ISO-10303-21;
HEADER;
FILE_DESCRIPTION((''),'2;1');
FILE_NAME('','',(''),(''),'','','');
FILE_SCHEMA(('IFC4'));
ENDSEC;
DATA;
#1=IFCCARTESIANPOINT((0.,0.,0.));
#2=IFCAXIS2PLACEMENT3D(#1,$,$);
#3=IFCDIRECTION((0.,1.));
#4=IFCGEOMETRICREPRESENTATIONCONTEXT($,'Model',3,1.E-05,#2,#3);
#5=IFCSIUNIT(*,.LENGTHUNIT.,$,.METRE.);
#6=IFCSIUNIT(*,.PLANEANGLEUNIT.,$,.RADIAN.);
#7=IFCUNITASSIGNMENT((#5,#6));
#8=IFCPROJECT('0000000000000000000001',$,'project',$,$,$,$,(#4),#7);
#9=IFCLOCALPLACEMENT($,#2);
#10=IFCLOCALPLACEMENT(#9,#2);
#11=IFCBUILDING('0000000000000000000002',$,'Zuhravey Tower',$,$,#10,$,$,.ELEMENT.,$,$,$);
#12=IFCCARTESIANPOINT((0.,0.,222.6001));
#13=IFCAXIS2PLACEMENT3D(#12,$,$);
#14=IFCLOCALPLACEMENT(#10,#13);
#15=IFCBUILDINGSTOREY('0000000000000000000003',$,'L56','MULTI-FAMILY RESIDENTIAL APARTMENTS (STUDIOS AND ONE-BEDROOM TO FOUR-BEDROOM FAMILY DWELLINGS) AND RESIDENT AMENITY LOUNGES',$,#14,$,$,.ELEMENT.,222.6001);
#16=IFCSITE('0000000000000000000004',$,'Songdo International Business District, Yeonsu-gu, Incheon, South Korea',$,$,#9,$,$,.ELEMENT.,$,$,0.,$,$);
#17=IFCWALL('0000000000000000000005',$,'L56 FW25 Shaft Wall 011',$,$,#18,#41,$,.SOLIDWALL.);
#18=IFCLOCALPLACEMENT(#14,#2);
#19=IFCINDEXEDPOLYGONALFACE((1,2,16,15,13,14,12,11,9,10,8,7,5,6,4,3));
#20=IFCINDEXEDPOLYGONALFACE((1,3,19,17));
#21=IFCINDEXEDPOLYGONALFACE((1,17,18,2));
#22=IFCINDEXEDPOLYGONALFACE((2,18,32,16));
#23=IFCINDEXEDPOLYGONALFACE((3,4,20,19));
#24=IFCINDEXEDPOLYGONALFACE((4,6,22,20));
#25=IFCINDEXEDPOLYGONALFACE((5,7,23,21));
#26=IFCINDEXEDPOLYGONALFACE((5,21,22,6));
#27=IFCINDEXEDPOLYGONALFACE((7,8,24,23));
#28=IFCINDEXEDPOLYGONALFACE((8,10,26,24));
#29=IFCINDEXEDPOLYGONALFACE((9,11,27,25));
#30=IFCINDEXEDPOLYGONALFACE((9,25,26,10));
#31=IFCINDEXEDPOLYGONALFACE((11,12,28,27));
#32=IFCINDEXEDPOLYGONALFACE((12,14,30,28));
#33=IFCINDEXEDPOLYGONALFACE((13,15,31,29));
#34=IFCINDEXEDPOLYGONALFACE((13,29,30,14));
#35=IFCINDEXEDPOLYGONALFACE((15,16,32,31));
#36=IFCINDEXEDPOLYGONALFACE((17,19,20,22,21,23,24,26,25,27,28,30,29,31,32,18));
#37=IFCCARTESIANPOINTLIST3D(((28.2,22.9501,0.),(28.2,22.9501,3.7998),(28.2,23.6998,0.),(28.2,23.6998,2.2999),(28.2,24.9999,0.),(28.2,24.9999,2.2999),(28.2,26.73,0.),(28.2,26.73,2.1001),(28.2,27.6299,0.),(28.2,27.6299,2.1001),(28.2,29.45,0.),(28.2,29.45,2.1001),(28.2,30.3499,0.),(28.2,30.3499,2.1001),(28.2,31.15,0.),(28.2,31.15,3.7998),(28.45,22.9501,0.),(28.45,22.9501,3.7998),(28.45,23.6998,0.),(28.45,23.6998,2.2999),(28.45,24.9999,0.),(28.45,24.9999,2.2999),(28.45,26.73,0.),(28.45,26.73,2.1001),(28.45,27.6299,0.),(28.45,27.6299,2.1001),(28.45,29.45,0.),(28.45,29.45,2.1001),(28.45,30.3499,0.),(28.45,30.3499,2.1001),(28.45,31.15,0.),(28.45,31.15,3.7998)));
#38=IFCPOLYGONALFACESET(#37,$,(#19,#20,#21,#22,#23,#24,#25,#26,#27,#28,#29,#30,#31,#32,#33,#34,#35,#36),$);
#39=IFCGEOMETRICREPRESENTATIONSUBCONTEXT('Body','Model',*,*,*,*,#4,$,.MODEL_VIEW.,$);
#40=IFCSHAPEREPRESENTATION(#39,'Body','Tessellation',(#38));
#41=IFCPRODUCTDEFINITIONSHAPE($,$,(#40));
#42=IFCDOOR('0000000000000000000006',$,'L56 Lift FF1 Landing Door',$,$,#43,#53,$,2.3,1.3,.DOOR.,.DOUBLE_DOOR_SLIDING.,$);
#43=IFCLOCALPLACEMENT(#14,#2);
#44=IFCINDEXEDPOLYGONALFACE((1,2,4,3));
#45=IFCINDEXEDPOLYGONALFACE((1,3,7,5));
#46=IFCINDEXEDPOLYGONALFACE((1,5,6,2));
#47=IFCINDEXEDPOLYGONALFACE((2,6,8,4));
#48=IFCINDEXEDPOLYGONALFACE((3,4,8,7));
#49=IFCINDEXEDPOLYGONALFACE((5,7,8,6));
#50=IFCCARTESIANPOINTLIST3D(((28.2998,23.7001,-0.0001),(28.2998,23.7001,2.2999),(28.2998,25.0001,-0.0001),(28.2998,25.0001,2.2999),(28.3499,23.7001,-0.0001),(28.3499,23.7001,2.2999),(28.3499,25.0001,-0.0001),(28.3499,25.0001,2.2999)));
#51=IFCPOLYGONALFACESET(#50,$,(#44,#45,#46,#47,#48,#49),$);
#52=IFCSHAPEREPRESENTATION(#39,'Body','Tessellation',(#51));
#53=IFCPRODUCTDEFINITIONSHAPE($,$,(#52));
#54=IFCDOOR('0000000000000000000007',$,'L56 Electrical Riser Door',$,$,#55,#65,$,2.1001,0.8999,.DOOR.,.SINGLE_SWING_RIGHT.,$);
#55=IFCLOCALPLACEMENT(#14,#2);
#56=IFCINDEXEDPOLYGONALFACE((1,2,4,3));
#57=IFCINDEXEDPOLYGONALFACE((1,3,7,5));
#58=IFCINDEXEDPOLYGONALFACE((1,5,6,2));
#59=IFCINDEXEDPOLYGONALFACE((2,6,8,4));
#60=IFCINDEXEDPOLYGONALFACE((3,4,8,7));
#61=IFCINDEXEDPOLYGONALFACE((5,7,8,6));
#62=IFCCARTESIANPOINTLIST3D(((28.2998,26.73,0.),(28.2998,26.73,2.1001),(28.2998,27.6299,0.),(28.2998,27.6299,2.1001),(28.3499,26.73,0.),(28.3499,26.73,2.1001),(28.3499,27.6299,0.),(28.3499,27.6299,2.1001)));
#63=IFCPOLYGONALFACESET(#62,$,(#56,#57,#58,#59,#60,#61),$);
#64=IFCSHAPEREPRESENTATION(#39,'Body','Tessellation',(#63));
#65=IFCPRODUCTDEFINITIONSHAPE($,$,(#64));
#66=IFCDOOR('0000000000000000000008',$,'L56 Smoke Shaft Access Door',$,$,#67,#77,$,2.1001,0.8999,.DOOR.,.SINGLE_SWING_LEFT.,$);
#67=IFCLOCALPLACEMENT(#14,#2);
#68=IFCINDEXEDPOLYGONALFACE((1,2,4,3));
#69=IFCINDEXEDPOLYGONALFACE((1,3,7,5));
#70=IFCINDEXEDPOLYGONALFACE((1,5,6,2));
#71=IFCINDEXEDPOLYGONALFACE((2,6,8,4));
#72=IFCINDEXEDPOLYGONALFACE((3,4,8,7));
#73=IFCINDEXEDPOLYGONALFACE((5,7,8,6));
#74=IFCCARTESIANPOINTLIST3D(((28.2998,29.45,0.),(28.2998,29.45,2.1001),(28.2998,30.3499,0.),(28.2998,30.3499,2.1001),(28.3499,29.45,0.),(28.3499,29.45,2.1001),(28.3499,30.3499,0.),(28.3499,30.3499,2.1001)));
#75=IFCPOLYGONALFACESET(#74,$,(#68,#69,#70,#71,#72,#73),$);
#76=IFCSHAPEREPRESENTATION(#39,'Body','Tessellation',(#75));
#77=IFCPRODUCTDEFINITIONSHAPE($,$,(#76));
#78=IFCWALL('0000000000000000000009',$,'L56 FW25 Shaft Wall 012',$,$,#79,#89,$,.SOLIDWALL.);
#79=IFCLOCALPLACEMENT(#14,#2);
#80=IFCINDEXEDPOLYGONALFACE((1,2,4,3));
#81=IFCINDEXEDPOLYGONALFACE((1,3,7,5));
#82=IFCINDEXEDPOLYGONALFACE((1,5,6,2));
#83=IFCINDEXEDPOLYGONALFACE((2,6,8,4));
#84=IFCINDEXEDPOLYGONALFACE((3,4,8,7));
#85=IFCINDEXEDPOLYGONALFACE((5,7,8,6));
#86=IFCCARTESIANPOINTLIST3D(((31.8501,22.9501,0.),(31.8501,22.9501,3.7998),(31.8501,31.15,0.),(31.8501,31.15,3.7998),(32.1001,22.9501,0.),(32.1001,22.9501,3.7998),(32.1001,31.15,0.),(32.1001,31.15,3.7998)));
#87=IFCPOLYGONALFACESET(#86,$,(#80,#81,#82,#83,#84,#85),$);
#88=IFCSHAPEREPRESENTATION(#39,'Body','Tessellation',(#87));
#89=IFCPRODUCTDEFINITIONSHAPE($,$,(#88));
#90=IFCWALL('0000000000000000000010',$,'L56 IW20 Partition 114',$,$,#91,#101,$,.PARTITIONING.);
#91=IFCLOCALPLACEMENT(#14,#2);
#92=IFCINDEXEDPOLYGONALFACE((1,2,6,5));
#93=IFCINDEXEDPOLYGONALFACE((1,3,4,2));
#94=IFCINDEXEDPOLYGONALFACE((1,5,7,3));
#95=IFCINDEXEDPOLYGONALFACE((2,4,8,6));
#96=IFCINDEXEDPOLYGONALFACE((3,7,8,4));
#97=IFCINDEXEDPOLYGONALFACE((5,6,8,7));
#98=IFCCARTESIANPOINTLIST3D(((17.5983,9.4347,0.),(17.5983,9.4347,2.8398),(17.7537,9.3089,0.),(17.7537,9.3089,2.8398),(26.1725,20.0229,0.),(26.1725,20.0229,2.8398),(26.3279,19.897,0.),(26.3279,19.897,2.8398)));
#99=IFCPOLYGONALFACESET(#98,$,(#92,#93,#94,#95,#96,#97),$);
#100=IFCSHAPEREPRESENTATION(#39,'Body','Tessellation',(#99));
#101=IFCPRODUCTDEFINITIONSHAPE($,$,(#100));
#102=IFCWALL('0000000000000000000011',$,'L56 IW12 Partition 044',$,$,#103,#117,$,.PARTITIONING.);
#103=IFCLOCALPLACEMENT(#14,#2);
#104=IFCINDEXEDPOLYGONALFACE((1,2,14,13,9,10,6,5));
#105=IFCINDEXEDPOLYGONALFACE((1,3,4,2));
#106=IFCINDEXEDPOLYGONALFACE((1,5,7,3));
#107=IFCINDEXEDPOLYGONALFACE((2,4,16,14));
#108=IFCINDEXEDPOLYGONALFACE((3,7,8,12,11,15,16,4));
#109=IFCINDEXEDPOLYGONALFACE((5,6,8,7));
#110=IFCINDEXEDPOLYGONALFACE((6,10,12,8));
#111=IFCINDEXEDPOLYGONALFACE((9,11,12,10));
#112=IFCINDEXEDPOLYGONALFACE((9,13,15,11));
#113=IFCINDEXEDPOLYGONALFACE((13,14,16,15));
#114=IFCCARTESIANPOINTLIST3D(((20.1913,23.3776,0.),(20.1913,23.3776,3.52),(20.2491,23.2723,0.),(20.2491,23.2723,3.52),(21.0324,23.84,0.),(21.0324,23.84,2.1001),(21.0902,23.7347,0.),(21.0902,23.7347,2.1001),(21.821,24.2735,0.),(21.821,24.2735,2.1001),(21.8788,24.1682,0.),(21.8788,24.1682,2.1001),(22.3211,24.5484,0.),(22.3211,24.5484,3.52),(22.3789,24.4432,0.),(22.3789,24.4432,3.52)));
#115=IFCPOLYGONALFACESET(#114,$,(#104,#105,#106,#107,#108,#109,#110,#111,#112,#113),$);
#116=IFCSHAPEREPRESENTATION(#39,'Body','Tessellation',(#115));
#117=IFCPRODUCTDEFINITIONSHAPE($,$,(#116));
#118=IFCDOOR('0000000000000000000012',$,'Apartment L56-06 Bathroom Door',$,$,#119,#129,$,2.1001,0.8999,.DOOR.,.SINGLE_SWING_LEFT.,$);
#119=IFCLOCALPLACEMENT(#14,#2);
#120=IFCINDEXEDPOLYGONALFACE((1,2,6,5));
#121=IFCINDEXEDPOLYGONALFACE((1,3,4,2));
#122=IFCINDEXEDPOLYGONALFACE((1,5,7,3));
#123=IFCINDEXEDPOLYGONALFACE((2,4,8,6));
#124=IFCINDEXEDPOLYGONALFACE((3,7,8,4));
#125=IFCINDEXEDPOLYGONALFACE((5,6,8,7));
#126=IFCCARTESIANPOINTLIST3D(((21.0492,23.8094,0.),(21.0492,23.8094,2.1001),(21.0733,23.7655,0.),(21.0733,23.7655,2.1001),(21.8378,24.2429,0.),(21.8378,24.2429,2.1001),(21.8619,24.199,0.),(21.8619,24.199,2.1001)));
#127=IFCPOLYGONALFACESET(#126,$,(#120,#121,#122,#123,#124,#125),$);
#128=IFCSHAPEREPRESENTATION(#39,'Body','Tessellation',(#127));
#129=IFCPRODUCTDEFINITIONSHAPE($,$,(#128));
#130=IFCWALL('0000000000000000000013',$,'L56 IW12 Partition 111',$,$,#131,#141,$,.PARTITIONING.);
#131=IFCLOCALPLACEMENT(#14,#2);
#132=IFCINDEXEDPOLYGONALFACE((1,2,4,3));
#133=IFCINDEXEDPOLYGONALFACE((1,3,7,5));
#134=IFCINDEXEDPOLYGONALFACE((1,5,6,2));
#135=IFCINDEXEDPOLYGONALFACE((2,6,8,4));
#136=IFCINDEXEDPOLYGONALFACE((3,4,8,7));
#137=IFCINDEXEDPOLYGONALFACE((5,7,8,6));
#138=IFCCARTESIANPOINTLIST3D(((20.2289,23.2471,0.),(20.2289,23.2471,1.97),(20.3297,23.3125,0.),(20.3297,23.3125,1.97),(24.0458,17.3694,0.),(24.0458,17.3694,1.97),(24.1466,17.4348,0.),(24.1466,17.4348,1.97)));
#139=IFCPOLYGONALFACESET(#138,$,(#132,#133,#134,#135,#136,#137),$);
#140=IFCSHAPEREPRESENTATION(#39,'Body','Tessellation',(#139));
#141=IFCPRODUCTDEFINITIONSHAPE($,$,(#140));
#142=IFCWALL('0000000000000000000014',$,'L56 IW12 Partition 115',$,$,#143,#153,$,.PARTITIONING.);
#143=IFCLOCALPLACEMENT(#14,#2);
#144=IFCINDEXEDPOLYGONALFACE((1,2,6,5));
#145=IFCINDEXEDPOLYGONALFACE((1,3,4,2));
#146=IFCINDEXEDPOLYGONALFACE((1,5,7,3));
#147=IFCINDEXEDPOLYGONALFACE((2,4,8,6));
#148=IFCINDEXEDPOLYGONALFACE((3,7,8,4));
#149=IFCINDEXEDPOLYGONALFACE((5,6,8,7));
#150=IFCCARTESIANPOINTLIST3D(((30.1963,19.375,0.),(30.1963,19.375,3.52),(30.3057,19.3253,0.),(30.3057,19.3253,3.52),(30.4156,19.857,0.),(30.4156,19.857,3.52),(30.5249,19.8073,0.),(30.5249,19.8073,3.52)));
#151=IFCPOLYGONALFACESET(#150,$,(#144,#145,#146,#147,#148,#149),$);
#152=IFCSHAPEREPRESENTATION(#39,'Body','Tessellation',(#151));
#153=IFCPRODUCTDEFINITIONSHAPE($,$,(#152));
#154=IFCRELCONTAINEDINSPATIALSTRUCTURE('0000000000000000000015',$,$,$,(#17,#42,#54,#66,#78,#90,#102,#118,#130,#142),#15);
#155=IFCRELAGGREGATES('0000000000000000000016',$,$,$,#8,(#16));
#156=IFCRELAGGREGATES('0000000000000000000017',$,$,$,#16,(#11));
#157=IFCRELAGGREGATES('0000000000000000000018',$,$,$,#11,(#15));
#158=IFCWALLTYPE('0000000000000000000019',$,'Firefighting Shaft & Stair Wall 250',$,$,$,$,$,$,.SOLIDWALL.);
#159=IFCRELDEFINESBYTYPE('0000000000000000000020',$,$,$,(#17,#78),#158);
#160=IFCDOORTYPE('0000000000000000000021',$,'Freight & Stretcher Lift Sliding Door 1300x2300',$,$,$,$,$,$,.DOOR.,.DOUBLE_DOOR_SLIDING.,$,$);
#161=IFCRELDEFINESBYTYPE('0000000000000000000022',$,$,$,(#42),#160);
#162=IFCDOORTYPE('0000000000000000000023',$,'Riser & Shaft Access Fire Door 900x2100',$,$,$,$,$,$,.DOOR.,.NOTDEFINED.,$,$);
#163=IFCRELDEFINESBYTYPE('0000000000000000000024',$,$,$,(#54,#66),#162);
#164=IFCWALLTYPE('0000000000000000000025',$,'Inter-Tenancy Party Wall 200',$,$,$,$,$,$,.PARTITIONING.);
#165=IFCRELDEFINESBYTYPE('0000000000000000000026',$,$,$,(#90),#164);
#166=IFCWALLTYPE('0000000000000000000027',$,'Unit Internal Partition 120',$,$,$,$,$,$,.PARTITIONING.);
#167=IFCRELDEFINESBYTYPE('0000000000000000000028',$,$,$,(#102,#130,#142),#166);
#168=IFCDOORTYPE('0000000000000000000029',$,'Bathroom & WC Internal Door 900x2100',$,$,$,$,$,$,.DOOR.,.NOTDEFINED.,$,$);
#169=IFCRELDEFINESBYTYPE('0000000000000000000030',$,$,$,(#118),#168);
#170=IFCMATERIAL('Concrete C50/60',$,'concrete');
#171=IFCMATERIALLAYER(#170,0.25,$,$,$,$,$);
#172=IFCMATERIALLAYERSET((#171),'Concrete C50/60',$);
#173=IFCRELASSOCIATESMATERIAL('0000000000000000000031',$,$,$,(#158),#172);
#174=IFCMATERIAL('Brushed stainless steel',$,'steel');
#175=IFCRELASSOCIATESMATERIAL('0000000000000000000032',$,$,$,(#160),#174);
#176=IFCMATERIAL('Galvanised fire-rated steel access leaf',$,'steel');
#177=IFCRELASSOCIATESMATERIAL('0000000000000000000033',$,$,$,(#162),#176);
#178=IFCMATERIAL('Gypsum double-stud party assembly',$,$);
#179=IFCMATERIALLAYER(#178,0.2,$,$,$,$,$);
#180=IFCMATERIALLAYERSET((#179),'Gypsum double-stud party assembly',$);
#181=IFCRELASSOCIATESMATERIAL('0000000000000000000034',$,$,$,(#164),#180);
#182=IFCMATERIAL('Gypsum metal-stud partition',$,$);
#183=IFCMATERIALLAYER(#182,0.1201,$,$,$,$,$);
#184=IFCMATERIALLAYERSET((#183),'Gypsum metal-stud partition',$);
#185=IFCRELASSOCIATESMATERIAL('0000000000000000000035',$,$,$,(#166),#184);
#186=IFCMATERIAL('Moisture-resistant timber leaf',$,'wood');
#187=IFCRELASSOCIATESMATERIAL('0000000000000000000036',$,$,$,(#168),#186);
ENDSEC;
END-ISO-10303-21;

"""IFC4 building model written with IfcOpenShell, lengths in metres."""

from ifc_helpers import new_model, si_unit, direction, frame, frame_2d, origin, place, context, subcontext, project, spatial, rectangle, extrude, material, layer, layer_set, type_object, element, fill, save


model = new_model("IFC4")

# Units and contexts
model_context = context("Model", 3, precision=1e-05, world=origin(), true_north=direction((0.0, 1.0)))
body_context = subcontext(model_context, "Body", "Model", "MODEL_VIEW")
ifc_project = project(units=[si_unit("LENGTHUNIT", "METRE"), si_unit("PLANEANGLEUNIT", "RADIAN")], contexts=[model_context])

# Site, building, storey
site_placement = place(None, origin())
site = spatial("IfcSite", under=ifc_project, at=site_placement, Name="Songdo International Business District, Yeonsu-gu, Incheon, South Korea", CompositionType="ELEMENT", RefElevation=0.0)
building_placement = place(site_placement, origin())
building = spatial("IfcBuilding", under=site, at=building_placement, Name="Zuhravey Tower", CompositionType="ELEMENT")
storey_placement = place(building_placement, frame((0.0, 0.0, 222.6001)))
storey = spatial("IfcBuildingStorey", under=building, at=storey_placement, Name="L56", Description="MULTI-FAMILY RESIDENTIAL APARTMENTS (STUDIOS AND ONE-BEDROOM TO FOUR-BEDROOM FAMILY DWELLINGS) AND RESIDENT AMENITY LOUNGES", CompositionType="ELEMENT", Elevation=222.6001)

# Wall, openings, doors
ifc_material_1 = material(Name="Concrete C50/60", Category="concrete")
ifc_layer_1 = layer(ifc_material_1, 0.25)
ifc_layer_set_1 = layer_set([ifc_layer_1], Name="Concrete C50/60")
wall_type_1 = type_object("IfcWallType", Name="Firefighting Shaft & Stair Wall 250", PredefinedType="SOLIDWALL", material=ifc_layer_set_1)
wall_1_placement = place(storey_placement, frame((28.325, 22.95, 0.0), z_axis=(0.0, 0.0, 1.0), x_axis=(0.0, 1.0, 0.0)))
wall_1 = element("IfcWall", 1, at=wall_1_placement, inside=storey, type_object=wall_type_1, Name="L56 FW25 Shaft Wall 011", PredefinedType="SOLIDWALL", context=body_context, shape_type="SweptSolid", body=[
    extrude(rectangle(XDim=8.2, YDim=0.25, at=frame_2d((4.1001, 0.0))), origin(), (0.0, 0.0, 1.0), 3.7998),
])
opening_1_placement = place(wall_1_placement, frame((0.75, 0.0, 0.0)))
opening_1 = element("IfcOpeningElement", 2, at=opening_1_placement, cuts=wall_1, PredefinedType="OPENING", context=body_context, shape_type="SweptSolid", body=[
    extrude(rectangle(XDim=1.3, YDim=2.3, at=frame_2d((0.6499, 1.1499))), frame((0.0, 0.137, 0.0), z_axis=(0.0, -1.0, 0.0), x_axis=(1.0, 0.0, 0.0)), (0.0, 0.0, 1.0), 0.2739),
])
opening_2_placement = place(wall_1_placement, frame((3.78, 0.0, 0.0)))
opening_2 = element("IfcOpeningElement", 3, at=opening_2_placement, cuts=wall_1, PredefinedType="OPENING", context=body_context, shape_type="SweptSolid", body=[
    extrude(rectangle(XDim=0.8999, YDim=2.1001, at=frame_2d((0.45, 1.05))), frame((0.0, 0.137, 0.0), z_axis=(0.0, -1.0, 0.0), x_axis=(1.0, 0.0, 0.0)), (0.0, 0.0, 1.0), 0.2739),
])
opening_3_placement = place(wall_1_placement, frame((6.5, 0.0, 0.0)))
opening_3 = element("IfcOpeningElement", 4, at=opening_3_placement, cuts=wall_1, PredefinedType="OPENING", context=body_context, shape_type="SweptSolid", body=[
    extrude(rectangle(XDim=0.8999, YDim=2.1001, at=frame_2d((0.45, 1.05))), frame((0.0, 0.137, 0.0), z_axis=(0.0, -1.0, 0.0), x_axis=(1.0, 0.0, 0.0)), (0.0, 0.0, 1.0), 0.2739),
])
ifc_material_2 = material(Name="Brushed stainless steel", Category="steel")
door_type_1 = type_object("IfcDoorType", Name="Freight & Stretcher Lift Sliding Door 1300x2300", OperationType="DOUBLE_DOOR_SLIDING", PredefinedType="DOOR", material=ifc_material_2)
door_1_placement = place(opening_1_placement, frame((1.3, 0.0, 0.0), z_axis=(0.0, 0.0, 1.0), x_axis=(-1.0, 0.0, 0.0)))
door_1 = element("IfcDoor", 5, at=door_1_placement, inside=storey, type_object=door_type_1, Name="L56 Lift FF1 Landing Door", OperationType="DOUBLE_DOOR_SLIDING", OverallHeight=2.3, OverallWidth=1.3, PredefinedType="DOOR", context=body_context, shape_type="SweptSolid", body=[
    extrude(rectangle(XDim=1.3, YDim=2.3, at=frame_2d((0.6499, 1.1499))), frame((0.0, 0.0249, 0.0), z_axis=(0.0, -1.0, 0.0), x_axis=(1.0, 0.0, 0.0)), (0.0, 0.0, 1.0), 0.05),
])
fill(opening_1, door_1)
ifc_material_3 = material(Name="Galvanised fire-rated steel access leaf", Category="steel")
door_type_2 = type_object("IfcDoorType", Name="Riser & Shaft Access Fire Door 900x2100", OperationType="NOTDEFINED", PredefinedType="DOOR", material=ifc_material_3)
door_2_placement = place(opening_2_placement, frame((0.8999, 0.0, 0.0), z_axis=(0.0, 0.0, 1.0), x_axis=(-1.0, 0.0, 0.0)))
door_2 = element("IfcDoor", 6, at=door_2_placement, inside=storey, type_object=door_type_2, Name="L56 Electrical Riser Door", OperationType="SINGLE_SWING_RIGHT", OverallHeight=2.1001, OverallWidth=0.8999, PredefinedType="DOOR", context=body_context, shape_type="SweptSolid", body=[
    extrude(rectangle(XDim=0.8999, YDim=2.1001, at=frame_2d((0.45, 1.05))), frame((0.0, 0.0249, 0.0), z_axis=(0.0, -1.0, 0.0), x_axis=(1.0, 0.0, 0.0)), (0.0, 0.0, 1.0), 0.05),
])
fill(opening_2, door_2)
door_3_placement = place(opening_3_placement, frame((0.8999, 0.0, 0.0), z_axis=(0.0, 0.0, 1.0), x_axis=(-1.0, 0.0, 0.0)))
door_3 = element("IfcDoor", 7, at=door_3_placement, inside=storey, type_object=door_type_2, Name="L56 Smoke Shaft Access Door", OperationType="SINGLE_SWING_LEFT", OverallHeight=2.1001, OverallWidth=0.8999, PredefinedType="DOOR", context=body_context, shape_type="SweptSolid", body=[
    extrude(rectangle(XDim=0.8999, YDim=2.1001, at=frame_2d((0.45, 1.05))), frame((0.0, 0.0249, 0.0), z_axis=(0.0, -1.0, 0.0), x_axis=(1.0, 0.0, 0.0)), (0.0, 0.0, 1.0), 0.05),
])
fill(opening_3, door_3)

# Walls
wall_2_placement = place(storey_placement, frame((31.9751, 22.95, 0.0), z_axis=(0.0, 0.0, 1.0), x_axis=(0.0, 1.0, 0.0)))
element("IfcWall", 8, at=wall_2_placement, inside=storey, type_object=wall_type_1, Name="L56 FW25 Shaft Wall 012", PredefinedType="SOLIDWALL", context=body_context, shape_type="SweptSolid", body=[
    extrude(rectangle(XDim=8.2, YDim=0.25, at=frame_2d((4.1001, 0.0))), origin(), (0.0, 0.0, 1.0), 3.7998),
])
ifc_material_4 = material(Name="Gypsum double-stud party assembly")
ifc_layer_2 = layer(ifc_material_4, 0.2)
ifc_layer_set_2 = layer_set([ifc_layer_2], Name="Gypsum double-stud party assembly")
wall_type_2 = type_object("IfcWallType", Name="Inter-Tenancy Party Wall 200", PredefinedType="PARTITIONING", material=ifc_layer_set_2)
wall_3_placement = place(storey_placement, frame((26.2502, 19.96, 0.0), z_axis=(0.0, 0.0, 1.0), x_axis=(-0.629326, -0.777142, 0.0)))
element("IfcWall", 9, at=wall_3_placement, inside=storey, type_object=wall_type_2, Name="L56 IW20 Partition 114", PredefinedType="PARTITIONING", context=body_context, shape_type="SweptSolid", body=[
    extrude(rectangle(XDim=13.6245, YDim=0.2, at=frame_2d((6.8123, 0.0))), origin(), (0.0, 0.0, 1.0), 2.8398),
])

# Wall, opening, door
ifc_material_5 = material(Name="Gypsum metal-stud partition")
ifc_layer_3 = layer(ifc_material_5, 0.1201)
ifc_layer_set_3 = layer_set([ifc_layer_3], Name="Gypsum metal-stud partition")
wall_type_3 = type_object("IfcWallType", Name="Unit Internal Partition 120", PredefinedType="PARTITIONING", material=ifc_layer_set_3)
wall_4_placement = place(storey_placement, frame((22.3501, 24.4958, 0.0), z_axis=(0.0, 0.0, 1.0), x_axis=(-0.876309, -0.481749, 0.0)))
wall_4 = element("IfcWall", 10, at=wall_4_placement, inside=storey, type_object=wall_type_3, Name="L56 IW12 Partition 044", PredefinedType="PARTITIONING", context=body_context, shape_type="SweptSolid", body=[
    extrude(rectangle(XDim=2.4304, YDim=0.1201, at=frame_2d((1.2153, 0.0))), origin(), (0.0, 0.0, 1.0), 3.52),
])
opening_4_placement = place(wall_4_placement, frame((0.5708, 0.0, 0.0)))
opening_4 = element("IfcOpeningElement", 11, at=opening_4_placement, cuts=wall_4, PredefinedType="OPENING", context=body_context, shape_type="SweptSolid", body=[
    extrude(rectangle(XDim=0.8999, YDim=2.1001, at=frame_2d((0.45, 1.05))), frame((0.0, 0.072, 0.0), z_axis=(0.0, -1.0, 0.0), x_axis=(1.0, 0.0, 0.0)), (0.0, 0.0, 1.0), 0.144),
])
ifc_material_6 = material(Name="Moisture-resistant timber leaf", Category="wood")
door_type_3 = type_object("IfcDoorType", Name="Bathroom & WC Internal Door 900x2100", OperationType="NOTDEFINED", PredefinedType="DOOR", material=ifc_material_6)
door_4_placement = place(opening_4_placement, origin())
door_4 = element("IfcDoor", 12, at=door_4_placement, inside=storey, type_object=door_type_3, Name="Apartment L56-06 Bathroom Door", OperationType="SINGLE_SWING_LEFT", OverallHeight=2.1001, OverallWidth=0.8999, PredefinedType="DOOR", context=body_context, shape_type="SweptSolid", body=[
    extrude(rectangle(XDim=0.8999, YDim=2.1001, at=frame_2d((0.45, 1.05))), frame((0.0, 0.0249, 0.0), z_axis=(0.0, -1.0, 0.0), x_axis=(1.0, 0.0, 0.0)), (0.0, 0.0, 1.0), 0.05),
])
fill(opening_4, door_4)

# Walls
wall_5_placement = place(storey_placement, frame((20.2793, 23.2798, 0.0), z_axis=(0.0, 0.0, 1.0), x_axis=(0.544627, -0.838678, 0.0)))
element("IfcWall", 13, at=wall_5_placement, inside=storey, type_object=wall_type_3, Name="L56 IW12 Partition 111", PredefinedType="PARTITIONING", context=body_context, shape_type="SweptSolid", body=[
    extrude(rectangle(XDim=7.0083, YDim=0.1201, at=frame_2d((3.5042, 0.0))), origin(), (0.0, 0.0, 1.0), 1.97),
])
wall_6_placement = place(storey_placement, frame((30.4702, 19.832, 0.0), z_axis=(0.0, 0.0, 1.0), x_axis=(-0.414081, -0.91024, 0.0)))
element("IfcWall", 14, at=wall_6_placement, inside=storey, type_object=wall_type_3, Name="L56 IW12 Partition 115", PredefinedType="PARTITIONING", context=body_context, shape_type="SweptSolid", body=[
    extrude(rectangle(XDim=0.5295, YDim=0.1201, at=frame_2d((0.2646, 0.0))), origin(), (0.0, 0.0, 1.0), 3.52),
])

save(model, "model.ifc")
